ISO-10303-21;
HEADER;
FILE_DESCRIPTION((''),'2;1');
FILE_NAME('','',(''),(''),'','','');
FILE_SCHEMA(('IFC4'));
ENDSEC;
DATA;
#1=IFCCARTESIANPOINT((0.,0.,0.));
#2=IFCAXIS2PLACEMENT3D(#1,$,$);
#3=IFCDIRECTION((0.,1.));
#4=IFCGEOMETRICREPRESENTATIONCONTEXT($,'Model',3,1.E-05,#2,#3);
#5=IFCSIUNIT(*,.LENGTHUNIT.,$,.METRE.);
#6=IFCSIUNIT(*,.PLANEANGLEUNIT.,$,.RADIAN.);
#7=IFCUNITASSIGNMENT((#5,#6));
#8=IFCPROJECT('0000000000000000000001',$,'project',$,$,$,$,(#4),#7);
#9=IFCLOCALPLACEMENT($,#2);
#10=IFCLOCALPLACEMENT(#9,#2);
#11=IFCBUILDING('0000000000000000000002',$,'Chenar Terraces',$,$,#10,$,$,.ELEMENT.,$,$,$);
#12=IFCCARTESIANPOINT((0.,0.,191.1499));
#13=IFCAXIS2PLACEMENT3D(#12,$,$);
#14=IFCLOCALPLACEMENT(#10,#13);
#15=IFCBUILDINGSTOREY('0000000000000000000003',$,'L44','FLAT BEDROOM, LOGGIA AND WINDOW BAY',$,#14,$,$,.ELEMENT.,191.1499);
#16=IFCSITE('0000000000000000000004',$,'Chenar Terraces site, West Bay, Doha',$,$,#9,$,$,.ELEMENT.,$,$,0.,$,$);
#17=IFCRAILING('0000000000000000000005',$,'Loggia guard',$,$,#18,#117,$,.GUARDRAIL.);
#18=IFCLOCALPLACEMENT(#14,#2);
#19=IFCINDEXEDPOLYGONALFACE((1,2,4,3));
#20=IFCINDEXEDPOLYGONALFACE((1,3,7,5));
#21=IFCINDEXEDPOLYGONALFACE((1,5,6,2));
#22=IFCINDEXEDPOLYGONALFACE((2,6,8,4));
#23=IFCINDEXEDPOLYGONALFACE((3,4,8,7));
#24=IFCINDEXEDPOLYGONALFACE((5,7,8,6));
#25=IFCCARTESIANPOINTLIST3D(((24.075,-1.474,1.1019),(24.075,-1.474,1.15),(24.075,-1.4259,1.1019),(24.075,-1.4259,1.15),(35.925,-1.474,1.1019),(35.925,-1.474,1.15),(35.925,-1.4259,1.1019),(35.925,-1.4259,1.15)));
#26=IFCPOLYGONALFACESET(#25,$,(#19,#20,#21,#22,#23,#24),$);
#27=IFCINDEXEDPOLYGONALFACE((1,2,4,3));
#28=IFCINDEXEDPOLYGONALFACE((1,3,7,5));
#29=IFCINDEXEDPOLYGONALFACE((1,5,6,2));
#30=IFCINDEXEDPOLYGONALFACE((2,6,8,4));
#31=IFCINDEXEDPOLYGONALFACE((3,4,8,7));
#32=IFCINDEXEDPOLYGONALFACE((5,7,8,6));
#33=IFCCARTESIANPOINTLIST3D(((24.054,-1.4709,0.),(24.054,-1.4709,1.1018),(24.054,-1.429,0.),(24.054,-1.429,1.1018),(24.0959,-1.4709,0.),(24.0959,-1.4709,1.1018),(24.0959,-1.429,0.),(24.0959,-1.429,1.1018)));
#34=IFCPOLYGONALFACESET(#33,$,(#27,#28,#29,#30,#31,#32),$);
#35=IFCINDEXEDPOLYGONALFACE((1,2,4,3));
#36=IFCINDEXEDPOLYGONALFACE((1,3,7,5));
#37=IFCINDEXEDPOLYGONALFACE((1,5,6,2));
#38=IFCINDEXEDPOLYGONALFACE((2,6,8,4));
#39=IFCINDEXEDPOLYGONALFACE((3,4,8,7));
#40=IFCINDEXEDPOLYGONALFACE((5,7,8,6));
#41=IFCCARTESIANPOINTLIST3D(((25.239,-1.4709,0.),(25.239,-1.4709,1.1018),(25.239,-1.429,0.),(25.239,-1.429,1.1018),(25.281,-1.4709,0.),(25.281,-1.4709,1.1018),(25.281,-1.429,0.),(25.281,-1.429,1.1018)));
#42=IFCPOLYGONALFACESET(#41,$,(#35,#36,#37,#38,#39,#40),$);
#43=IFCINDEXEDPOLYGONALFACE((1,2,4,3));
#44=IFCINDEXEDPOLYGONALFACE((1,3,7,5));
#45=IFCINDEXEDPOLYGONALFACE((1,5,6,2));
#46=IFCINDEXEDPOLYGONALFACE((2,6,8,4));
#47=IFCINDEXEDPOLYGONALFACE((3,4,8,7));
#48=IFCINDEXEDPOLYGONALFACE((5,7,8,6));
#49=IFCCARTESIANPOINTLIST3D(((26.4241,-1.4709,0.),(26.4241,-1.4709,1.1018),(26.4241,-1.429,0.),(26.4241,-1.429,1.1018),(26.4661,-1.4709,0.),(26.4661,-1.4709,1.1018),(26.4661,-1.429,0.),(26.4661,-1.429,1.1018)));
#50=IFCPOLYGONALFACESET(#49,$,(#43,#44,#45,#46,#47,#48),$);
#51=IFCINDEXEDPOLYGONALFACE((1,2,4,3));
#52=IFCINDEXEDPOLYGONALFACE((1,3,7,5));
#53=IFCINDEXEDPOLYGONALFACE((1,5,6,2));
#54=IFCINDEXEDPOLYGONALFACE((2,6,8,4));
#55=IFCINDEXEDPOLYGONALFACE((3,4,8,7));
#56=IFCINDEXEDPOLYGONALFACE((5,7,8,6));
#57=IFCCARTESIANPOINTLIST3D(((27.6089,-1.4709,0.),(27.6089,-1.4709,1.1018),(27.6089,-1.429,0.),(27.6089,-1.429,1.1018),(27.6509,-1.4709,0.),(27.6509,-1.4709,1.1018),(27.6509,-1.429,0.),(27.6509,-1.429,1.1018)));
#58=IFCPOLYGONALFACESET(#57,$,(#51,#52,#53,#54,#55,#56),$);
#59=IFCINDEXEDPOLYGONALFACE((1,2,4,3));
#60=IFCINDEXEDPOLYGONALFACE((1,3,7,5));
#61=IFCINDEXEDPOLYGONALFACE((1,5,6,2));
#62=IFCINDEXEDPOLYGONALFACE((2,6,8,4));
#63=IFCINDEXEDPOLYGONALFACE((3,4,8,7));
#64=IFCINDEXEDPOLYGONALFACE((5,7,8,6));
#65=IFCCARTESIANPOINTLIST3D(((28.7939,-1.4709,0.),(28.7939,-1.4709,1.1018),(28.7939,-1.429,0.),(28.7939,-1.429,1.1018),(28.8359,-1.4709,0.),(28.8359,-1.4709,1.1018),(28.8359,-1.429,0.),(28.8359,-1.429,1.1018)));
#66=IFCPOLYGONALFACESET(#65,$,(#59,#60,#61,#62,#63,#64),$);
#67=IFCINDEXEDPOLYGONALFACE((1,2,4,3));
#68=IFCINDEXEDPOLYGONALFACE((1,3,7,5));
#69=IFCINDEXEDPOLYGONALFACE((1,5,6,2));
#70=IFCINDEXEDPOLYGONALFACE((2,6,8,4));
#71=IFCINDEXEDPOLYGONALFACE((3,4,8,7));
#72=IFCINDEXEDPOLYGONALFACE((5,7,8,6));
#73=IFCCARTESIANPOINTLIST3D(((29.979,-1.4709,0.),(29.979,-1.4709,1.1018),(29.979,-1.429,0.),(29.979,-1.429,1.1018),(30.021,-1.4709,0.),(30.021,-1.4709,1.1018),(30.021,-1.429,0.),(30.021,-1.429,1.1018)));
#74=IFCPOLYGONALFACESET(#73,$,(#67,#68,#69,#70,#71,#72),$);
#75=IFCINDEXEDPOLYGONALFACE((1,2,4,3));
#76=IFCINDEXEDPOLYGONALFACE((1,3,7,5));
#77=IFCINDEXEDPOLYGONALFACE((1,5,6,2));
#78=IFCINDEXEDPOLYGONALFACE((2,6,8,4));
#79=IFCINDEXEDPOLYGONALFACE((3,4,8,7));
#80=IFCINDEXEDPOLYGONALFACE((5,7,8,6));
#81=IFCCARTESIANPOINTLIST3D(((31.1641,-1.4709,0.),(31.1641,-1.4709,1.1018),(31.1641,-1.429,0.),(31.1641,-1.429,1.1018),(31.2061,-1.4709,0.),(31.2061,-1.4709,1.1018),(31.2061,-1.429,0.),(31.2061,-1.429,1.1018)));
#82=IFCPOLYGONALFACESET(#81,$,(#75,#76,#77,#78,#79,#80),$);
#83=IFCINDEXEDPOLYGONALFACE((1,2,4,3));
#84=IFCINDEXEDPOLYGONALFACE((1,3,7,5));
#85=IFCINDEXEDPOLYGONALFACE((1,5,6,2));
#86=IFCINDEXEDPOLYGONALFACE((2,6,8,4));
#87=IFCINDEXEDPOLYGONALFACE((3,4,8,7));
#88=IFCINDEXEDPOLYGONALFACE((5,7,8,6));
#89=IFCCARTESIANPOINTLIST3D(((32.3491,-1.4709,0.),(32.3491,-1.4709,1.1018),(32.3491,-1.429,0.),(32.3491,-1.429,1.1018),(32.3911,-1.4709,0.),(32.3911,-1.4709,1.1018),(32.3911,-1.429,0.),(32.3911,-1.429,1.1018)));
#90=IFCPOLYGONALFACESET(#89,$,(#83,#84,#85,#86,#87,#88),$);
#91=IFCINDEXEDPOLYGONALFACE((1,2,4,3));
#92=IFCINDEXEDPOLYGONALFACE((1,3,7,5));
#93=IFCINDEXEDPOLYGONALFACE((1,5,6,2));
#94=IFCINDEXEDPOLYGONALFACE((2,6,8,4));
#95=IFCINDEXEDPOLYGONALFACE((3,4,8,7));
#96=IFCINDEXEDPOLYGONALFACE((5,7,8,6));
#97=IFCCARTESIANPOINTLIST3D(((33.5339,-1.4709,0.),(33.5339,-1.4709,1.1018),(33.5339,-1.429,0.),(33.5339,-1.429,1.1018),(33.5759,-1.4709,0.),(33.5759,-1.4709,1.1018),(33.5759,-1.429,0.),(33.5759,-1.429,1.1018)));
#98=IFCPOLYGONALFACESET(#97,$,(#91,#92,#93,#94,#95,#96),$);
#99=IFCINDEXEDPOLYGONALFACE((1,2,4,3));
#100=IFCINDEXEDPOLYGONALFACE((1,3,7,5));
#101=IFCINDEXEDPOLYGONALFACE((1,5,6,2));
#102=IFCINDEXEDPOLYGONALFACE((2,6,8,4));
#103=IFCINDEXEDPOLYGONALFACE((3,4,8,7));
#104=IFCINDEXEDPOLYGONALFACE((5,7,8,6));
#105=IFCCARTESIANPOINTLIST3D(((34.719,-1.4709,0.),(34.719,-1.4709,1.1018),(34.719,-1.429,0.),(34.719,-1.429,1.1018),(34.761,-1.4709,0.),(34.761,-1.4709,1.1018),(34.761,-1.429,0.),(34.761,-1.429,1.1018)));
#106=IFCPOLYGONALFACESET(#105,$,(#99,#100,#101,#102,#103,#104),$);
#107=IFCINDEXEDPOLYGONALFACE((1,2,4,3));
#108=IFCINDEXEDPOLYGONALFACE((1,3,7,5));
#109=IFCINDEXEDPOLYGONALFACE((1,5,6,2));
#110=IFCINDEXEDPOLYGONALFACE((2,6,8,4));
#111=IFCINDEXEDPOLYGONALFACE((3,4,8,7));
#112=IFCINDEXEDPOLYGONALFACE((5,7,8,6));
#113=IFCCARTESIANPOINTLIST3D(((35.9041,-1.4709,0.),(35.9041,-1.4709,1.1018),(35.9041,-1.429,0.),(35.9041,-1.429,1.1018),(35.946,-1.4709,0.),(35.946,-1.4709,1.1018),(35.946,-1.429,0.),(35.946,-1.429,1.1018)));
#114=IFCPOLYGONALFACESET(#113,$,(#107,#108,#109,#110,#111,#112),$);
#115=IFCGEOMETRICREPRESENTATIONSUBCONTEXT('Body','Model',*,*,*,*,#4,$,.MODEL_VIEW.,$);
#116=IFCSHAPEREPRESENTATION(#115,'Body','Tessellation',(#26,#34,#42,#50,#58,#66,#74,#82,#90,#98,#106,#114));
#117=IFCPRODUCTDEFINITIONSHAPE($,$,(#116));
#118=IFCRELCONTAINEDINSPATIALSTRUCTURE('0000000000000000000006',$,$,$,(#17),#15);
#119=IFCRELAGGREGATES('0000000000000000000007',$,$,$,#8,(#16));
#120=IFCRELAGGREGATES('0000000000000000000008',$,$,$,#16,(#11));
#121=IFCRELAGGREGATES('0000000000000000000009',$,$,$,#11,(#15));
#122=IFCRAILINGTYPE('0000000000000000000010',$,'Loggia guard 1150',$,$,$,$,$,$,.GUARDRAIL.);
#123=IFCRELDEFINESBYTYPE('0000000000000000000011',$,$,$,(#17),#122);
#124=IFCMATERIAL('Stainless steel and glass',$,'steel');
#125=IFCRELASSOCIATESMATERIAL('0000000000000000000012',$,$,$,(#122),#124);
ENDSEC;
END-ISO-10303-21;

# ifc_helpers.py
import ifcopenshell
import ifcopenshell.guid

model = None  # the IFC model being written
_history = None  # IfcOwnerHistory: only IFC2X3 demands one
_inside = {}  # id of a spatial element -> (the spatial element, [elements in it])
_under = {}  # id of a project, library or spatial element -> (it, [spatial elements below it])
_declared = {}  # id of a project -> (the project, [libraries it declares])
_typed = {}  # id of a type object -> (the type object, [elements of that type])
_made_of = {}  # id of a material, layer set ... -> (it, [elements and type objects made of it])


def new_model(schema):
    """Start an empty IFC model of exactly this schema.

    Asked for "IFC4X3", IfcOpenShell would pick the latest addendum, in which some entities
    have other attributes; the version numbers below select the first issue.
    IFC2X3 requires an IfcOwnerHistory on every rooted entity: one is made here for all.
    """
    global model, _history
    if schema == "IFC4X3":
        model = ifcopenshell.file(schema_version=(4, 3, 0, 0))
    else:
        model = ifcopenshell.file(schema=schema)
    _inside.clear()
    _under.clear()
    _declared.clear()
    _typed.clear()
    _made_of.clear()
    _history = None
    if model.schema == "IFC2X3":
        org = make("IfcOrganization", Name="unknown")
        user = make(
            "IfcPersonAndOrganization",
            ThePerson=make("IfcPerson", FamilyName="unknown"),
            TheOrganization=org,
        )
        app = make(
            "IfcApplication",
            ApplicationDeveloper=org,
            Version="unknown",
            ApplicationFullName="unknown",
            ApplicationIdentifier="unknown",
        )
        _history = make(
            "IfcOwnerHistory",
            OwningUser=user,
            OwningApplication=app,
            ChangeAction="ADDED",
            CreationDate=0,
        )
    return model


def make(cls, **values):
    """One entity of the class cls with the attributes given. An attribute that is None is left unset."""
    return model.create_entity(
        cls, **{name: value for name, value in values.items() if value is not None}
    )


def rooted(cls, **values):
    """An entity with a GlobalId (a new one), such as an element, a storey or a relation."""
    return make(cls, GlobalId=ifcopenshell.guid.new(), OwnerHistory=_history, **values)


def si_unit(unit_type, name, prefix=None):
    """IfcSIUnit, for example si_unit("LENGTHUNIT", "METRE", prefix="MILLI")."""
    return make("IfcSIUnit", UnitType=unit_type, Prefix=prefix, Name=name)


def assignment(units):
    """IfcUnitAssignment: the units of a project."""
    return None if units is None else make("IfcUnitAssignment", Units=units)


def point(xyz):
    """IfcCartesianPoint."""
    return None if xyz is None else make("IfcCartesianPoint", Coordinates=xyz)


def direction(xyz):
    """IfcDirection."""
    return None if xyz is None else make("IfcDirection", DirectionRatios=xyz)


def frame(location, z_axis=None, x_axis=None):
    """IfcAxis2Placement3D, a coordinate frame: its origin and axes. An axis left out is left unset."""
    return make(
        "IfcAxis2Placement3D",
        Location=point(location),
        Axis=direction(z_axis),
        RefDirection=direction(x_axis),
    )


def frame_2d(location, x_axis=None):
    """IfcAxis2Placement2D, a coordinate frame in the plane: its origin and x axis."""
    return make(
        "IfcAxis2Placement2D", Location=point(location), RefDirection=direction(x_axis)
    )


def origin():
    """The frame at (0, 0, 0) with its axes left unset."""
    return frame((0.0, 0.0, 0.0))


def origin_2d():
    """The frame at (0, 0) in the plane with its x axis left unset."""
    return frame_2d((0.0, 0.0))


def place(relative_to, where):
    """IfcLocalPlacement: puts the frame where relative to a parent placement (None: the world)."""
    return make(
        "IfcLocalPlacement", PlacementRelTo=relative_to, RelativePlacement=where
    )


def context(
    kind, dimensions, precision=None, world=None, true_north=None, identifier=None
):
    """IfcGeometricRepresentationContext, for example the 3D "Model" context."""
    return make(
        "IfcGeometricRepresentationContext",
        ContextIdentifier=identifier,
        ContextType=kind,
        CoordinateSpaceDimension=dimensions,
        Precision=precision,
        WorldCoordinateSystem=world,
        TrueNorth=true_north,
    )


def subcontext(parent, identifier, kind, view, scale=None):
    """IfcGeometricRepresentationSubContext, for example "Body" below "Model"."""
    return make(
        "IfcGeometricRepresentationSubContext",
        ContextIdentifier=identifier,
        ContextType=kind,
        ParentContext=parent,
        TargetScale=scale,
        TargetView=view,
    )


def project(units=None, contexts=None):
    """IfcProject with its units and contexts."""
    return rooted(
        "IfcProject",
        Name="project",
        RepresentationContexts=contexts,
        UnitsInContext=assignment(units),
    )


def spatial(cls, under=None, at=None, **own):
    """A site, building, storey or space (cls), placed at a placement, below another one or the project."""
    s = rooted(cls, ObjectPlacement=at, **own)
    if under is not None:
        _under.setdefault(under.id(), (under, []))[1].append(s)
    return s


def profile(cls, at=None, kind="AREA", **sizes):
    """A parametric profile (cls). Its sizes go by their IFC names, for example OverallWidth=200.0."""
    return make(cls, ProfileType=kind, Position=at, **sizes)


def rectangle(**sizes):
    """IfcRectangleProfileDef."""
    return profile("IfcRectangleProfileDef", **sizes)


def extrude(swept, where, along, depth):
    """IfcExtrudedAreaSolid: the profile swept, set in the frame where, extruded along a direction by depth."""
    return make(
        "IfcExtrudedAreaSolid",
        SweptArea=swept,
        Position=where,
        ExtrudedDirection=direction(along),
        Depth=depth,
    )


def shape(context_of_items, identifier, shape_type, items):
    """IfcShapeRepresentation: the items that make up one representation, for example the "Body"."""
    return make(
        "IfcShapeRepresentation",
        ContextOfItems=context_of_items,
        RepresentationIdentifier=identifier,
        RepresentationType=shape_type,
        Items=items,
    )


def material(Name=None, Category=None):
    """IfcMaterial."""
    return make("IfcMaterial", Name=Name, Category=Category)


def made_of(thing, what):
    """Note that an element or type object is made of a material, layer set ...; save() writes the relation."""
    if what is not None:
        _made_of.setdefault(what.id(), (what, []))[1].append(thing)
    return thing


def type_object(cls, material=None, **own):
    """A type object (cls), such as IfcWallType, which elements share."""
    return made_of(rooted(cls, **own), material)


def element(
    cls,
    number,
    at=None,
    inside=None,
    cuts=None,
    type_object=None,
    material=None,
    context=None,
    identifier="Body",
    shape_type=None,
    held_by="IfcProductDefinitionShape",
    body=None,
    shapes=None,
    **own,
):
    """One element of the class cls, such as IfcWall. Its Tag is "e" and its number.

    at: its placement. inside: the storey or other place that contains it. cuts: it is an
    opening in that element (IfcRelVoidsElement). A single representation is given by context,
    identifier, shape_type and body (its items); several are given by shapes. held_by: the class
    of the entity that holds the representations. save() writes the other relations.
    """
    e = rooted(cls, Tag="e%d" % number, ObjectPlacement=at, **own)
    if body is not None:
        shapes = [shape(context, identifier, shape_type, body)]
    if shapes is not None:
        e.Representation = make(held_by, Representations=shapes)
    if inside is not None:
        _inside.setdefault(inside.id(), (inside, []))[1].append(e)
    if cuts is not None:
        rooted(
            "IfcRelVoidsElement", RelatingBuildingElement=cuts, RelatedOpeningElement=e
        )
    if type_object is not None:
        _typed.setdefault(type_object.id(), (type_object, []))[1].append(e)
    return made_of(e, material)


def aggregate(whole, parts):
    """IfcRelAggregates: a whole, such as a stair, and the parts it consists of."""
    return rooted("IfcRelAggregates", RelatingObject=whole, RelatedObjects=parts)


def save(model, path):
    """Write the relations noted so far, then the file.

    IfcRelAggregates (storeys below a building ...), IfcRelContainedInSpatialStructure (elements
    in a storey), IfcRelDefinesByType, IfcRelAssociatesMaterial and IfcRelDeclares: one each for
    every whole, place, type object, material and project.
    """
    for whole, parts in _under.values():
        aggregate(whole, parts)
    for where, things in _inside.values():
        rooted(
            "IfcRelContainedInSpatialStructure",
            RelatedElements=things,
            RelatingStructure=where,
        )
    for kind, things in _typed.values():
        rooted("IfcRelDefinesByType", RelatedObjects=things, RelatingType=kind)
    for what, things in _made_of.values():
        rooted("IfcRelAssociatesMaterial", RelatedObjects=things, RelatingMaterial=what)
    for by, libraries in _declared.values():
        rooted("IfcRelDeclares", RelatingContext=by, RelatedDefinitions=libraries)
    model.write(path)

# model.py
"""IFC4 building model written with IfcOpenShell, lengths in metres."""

from ifc_helpers import new_model, si_unit, direction, frame, origin, origin_2d, place, context, subcontext, project, spatial, rectangle, extrude, material, type_object, element, save


model = new_model("IFC4")

# Units and contexts
model_context = context("Model", 3, precision=1e-05, world=origin(), true_north=direction((0.0, 1.0)))
body_context = subcontext(model_context, "Body", "Model", "MODEL_VIEW")
ifc_project = project(units=[si_unit("LENGTHUNIT", "METRE"), si_unit("PLANEANGLEUNIT", "RADIAN")], contexts=[model_context])

# Site, building, storey
site_placement = place(None, origin())
site = spatial("IfcSite", under=ifc_project, at=site_placement, Name="Chenar Terraces site, West Bay, Doha", CompositionType="ELEMENT", RefElevation=0.0)
building_placement = place(site_placement, origin())
building = spatial("IfcBuilding", under=site, at=building_placement, Name="Chenar Terraces", CompositionType="ELEMENT")
storey_placement = place(building_placement, frame((0.0, 0.0, 191.1499)))
storey = spatial("IfcBuildingStorey", under=building, at=storey_placement, Name="L44", Description="FLAT BEDROOM, LOGGIA AND WINDOW BAY", CompositionType="ELEMENT", Elevation=191.1499)

# Railing
ifc_material_1 = material(Name="Stainless steel and glass", Category="steel")
railing_type = type_object("IfcRailingType", Name="Loggia guard 1150", PredefinedType="GUARDRAIL", material=ifc_material_1)
railing_placement = place(storey_placement, frame((24.075, -1.45, 0.0)))
element("IfcRailing", 1, at=railing_placement, inside=storey, type_object=railing_type, Name="Loggia guard", PredefinedType="GUARDRAIL", context=body_context, shape_type="SweptSolid", body=[
    extrude(rectangle(XDim=0.0481, YDim=0.0481, at=origin_2d()), frame((0.0, 0.0, 1.126), z_axis=(1.0, 0.0, 0.0), x_axis=(0.0, 1.0, 0.0)), (0.0, 0.0, 1.0), 11.8501),
    extrude(rectangle(XDim=0.042, YDim=0.042, at=origin_2d()), origin(), (0.0, 0.0, 1.0), 1.1018),
    extrude(rectangle(XDim=0.042, YDim=0.042, at=origin_2d()), frame((1.1851, 0.0, 0.0)), (0.0, 0.0, 1.0), 1.1018),
    extrude(rectangle(XDim=0.042, YDim=0.042, at=origin_2d()), frame((2.3701, 0.0, 0.0)), (0.0, 0.0, 1.0), 1.1018),
    extrude(rectangle(XDim=0.042, YDim=0.042, at=origin_2d()), frame((3.5549, 0.0, 0.0)), (0.0, 0.0, 1.0), 1.1018),
    extrude(rectangle(XDim=0.042, YDim=0.042, at=origin_2d()), frame((4.74, 0.0, 0.0)), (0.0, 0.0, 1.0), 1.1018),
    extrude(rectangle(XDim=0.042, YDim=0.042, at=origin_2d()), frame((5.925, 0.0, 0.0)), (0.0, 0.0, 1.0), 1.1018),
    extrude(rectangle(XDim=0.042, YDim=0.042, at=origin_2d()), frame((7.1101, 0.0, 0.0)), (0.0, 0.0, 1.0), 1.1018),
    extrude(rectangle(XDim=0.042, YDim=0.042, at=origin_2d()), frame((8.2952, 0.0, 0.0)), (0.0, 0.0, 1.0), 1.1018),
    extrude(rectangle(XDim=0.042, YDim=0.042, at=origin_2d()), frame((9.48, 0.0, 0.0)), (0.0, 0.0, 1.0), 1.1018),
    extrude(rectangle(XDim=0.042, YDim=0.042, at=origin_2d()), frame((10.665, 0.0, 0.0)), (0.0, 0.0, 1.0), 1.1018),
    extrude(rectangle(XDim=0.042, YDim=0.042, at=origin_2d()), frame((11.8501, 0.0, 0.0)), (0.0, 0.0, 1.0), 1.1018),
])

save(model, "model.ifc")
